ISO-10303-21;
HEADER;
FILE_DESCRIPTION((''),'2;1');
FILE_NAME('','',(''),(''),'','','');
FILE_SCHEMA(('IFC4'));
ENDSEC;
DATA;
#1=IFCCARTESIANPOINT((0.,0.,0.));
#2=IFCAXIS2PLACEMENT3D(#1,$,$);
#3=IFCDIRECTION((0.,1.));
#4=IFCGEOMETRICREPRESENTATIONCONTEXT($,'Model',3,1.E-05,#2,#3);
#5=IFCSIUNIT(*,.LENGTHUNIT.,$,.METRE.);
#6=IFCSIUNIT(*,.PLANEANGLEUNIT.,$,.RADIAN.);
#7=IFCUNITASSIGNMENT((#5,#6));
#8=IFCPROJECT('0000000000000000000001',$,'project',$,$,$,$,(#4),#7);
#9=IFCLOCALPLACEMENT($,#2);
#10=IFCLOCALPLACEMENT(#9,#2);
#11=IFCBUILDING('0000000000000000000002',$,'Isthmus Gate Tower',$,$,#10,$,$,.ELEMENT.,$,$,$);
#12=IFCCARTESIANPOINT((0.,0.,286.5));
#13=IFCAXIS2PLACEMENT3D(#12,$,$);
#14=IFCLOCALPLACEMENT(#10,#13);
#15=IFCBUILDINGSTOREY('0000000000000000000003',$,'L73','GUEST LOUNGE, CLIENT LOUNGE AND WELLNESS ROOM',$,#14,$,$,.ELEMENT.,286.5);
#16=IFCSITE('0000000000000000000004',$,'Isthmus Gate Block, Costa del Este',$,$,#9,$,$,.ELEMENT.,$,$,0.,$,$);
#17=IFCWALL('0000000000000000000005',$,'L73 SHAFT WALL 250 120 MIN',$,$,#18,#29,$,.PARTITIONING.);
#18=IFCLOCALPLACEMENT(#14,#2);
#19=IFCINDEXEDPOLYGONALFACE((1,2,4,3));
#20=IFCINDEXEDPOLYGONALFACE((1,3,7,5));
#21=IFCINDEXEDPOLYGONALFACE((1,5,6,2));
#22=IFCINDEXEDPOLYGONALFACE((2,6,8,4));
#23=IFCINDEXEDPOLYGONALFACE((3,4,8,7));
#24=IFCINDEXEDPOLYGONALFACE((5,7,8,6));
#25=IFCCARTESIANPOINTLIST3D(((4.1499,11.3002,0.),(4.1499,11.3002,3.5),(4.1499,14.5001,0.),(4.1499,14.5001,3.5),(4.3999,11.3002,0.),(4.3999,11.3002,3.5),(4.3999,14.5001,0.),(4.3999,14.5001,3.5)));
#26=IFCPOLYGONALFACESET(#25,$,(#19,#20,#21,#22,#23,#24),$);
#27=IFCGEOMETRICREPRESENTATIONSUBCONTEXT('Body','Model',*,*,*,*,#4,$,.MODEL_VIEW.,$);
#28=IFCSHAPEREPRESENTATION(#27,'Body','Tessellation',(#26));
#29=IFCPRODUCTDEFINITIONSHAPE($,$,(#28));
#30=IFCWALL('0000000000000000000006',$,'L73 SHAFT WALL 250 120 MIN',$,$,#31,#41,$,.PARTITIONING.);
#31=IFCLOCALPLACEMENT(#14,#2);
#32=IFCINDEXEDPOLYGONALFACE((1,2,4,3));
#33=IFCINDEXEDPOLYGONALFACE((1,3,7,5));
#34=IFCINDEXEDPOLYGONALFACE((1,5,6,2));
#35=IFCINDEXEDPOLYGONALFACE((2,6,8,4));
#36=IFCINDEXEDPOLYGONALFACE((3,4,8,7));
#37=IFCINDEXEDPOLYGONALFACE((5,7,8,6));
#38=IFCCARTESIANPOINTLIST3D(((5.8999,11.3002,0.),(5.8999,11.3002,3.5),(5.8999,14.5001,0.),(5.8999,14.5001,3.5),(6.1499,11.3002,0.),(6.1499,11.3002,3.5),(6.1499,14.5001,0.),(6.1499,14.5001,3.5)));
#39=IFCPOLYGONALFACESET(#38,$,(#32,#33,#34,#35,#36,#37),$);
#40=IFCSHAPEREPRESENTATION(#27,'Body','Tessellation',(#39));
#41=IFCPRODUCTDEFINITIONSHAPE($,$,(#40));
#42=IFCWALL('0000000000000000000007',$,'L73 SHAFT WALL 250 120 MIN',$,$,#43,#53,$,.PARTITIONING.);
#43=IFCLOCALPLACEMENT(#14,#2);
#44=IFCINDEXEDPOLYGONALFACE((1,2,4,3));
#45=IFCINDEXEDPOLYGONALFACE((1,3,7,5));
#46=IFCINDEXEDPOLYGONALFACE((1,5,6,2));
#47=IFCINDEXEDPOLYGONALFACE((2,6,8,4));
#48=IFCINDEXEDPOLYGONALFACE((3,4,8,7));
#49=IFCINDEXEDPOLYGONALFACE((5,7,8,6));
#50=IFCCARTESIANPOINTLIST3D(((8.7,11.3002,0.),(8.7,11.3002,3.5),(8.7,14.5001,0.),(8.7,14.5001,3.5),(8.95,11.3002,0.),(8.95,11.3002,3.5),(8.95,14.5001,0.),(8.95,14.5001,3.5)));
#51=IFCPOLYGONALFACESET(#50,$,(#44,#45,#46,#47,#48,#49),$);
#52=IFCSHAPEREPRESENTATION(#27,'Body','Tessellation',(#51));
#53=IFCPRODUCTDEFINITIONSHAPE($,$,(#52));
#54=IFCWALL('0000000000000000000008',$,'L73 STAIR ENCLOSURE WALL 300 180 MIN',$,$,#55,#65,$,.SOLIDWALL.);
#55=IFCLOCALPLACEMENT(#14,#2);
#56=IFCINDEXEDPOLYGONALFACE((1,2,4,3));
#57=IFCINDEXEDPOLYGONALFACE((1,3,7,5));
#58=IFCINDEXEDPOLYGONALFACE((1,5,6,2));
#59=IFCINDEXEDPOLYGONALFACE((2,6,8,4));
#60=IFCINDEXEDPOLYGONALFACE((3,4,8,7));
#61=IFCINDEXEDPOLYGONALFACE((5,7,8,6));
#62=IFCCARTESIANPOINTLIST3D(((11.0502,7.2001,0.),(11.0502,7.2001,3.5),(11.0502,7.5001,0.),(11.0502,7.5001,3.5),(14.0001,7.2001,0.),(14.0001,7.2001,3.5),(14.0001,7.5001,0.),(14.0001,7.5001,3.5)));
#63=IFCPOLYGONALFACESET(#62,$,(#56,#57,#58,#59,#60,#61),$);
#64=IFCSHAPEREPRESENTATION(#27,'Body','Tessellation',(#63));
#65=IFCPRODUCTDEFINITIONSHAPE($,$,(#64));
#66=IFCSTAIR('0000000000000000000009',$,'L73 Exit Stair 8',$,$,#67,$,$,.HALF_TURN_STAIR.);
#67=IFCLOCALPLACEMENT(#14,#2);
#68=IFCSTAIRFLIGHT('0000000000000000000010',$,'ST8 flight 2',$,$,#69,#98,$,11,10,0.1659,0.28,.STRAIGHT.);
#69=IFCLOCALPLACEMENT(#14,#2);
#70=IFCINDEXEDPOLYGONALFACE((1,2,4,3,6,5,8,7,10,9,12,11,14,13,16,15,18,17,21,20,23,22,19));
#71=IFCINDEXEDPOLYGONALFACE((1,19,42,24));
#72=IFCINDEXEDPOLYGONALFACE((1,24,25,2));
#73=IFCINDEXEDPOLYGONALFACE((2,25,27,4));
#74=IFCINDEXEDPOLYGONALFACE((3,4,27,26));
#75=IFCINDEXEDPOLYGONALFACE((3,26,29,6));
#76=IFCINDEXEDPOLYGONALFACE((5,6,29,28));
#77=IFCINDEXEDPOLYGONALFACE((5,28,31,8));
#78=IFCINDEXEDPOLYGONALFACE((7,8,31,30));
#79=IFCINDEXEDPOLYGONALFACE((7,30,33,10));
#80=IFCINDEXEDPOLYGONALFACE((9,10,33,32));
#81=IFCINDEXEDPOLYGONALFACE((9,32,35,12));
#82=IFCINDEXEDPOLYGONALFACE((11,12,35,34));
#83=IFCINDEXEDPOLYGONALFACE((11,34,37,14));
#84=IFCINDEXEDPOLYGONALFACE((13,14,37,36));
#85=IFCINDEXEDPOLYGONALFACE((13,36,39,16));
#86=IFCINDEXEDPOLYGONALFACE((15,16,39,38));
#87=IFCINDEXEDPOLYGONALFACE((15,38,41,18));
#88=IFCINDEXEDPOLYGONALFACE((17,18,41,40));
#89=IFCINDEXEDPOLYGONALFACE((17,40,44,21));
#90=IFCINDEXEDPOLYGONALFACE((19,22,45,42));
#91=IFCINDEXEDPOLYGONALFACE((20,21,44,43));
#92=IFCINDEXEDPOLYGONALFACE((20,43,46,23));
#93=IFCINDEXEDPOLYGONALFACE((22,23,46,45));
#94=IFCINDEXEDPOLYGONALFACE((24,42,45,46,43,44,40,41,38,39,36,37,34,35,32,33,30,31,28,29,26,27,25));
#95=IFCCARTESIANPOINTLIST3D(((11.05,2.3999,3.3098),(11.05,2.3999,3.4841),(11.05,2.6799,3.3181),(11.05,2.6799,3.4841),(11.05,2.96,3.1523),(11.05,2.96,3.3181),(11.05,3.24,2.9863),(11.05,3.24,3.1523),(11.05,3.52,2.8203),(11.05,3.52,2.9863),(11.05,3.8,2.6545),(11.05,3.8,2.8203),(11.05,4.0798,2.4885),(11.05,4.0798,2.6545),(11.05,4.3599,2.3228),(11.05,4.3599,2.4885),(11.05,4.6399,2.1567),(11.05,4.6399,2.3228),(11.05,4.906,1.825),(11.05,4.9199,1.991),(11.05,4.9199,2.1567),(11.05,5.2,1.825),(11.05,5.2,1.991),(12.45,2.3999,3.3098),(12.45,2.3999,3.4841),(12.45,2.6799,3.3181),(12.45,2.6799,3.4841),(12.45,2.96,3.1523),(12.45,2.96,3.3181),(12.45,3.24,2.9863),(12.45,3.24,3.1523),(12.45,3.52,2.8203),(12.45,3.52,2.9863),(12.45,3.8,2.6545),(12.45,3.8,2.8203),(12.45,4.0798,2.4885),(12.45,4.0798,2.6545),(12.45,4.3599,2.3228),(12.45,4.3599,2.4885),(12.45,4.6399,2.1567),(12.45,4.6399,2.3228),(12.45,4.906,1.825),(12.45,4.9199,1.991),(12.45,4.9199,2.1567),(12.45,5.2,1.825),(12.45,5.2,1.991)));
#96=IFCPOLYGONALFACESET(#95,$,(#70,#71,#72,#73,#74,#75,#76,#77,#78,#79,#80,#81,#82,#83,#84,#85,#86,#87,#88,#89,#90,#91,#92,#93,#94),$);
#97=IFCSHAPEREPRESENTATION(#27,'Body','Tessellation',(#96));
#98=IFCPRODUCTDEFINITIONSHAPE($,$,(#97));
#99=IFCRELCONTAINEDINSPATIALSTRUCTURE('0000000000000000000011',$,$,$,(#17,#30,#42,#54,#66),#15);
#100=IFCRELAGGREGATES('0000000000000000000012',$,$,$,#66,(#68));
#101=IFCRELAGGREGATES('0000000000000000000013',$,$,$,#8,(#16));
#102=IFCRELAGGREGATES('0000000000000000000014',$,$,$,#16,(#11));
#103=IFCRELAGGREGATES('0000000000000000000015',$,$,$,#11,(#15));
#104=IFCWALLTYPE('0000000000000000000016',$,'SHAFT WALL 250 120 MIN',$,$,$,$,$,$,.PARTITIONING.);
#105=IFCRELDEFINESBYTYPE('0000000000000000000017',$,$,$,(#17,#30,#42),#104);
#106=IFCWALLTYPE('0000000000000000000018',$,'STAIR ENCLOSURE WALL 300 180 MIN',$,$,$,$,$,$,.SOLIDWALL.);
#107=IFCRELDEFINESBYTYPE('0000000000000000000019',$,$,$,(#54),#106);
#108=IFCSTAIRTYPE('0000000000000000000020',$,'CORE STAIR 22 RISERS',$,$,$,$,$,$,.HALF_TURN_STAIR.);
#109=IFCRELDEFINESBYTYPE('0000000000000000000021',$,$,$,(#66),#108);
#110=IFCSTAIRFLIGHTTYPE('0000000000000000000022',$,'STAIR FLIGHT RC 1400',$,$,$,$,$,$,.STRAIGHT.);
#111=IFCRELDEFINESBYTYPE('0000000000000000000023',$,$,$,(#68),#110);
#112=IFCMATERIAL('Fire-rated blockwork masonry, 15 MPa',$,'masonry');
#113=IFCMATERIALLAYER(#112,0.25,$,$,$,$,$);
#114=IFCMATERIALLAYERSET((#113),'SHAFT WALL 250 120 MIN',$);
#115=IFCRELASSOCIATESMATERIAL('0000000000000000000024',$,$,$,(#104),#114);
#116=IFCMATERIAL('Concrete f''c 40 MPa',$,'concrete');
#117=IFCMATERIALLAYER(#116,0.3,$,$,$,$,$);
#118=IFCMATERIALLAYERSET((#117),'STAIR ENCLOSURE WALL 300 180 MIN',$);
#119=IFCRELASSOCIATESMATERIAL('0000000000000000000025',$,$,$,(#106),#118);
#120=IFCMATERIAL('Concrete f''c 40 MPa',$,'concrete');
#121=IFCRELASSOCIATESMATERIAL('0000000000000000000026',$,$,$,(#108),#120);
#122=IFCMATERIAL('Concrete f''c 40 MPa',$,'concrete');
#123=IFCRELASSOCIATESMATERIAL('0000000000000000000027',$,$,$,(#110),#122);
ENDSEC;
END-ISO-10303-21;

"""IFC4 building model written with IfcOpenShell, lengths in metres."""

from ifc_helpers import new_model, si_unit, direction, frame, frame_2d, origin, place, context, subcontext, project, spatial, polyline, rectangle, outline, extrude, material, layer, layer_set, type_object, element, aggregate, save


model = new_model("IFC4")

# Units and contexts
model_context = context("Model", 3, precision=1e-05, world=origin(), true_north=direction((0.0, 1.0)))
body_context = subcontext(model_context, "Body", "Model", "MODEL_VIEW")
ifc_project = project(units=[si_unit("LENGTHUNIT", "METRE"), si_unit("PLANEANGLEUNIT", "RADIAN")], contexts=[model_context])

# Site, building, storey
site_placement = place(None, origin())
site = spatial("IfcSite", under=ifc_project, at=site_placement, Name="Isthmus Gate Block, Costa del Este", CompositionType="ELEMENT", RefElevation=0.0)
building_placement = place(site_placement, origin())
building = spatial("IfcBuilding", under=site, at=building_placement, Name="Isthmus Gate Tower", CompositionType="ELEMENT")
storey_placement = place(building_placement, frame((0.0, 0.0, 286.5)))
storey = spatial("IfcBuildingStorey", under=building, at=storey_placement, Name="L73", Description="GUEST LOUNGE, CLIENT LOUNGE AND WELLNESS ROOM", CompositionType="ELEMENT", Elevation=286.5)

# Walls
ifc_material_1 = material(Name="Fire-rated blockwork masonry, 15 MPa", Category="masonry")
ifc_layer_1 = layer(ifc_material_1, 0.25)
ifc_layer_set_1 = layer_set([ifc_layer_1], Name="SHAFT WALL 250 120 MIN")
wall_type_1 = type_object("IfcWallType", Name="SHAFT WALL 250 120 MIN", PredefinedType="PARTITIONING", material=ifc_layer_set_1)
for number, where, z_axis, x_axis, name in (
    (1, (4.2749, 11.3, 0.0), (0.0, 0.0, 1.0), (0.0, 1.0, 0.0), "L73 SHAFT WALL 250 120 MIN"),
    (2, (6.0249, 11.3, 0.0), (0.0, 0.0, 1.0), (0.0, 1.0, 0.0), "L73 SHAFT WALL 250 120 MIN"),
    (3, (8.825, 11.3, 0.0), (0.0, 0.0, 1.0), (0.0, 1.0, 0.0), "L73 SHAFT WALL 250 120 MIN"),
):
    element("IfcWall", number, at=place(storey_placement, frame(where, z_axis=z_axis, x_axis=x_axis)), inside=storey, type_object=wall_type_1, Name=name, PredefinedType="PARTITIONING", context=body_context, shape_type="SweptSolid", body=[
        extrude(rectangle(XDim=3.2, YDim=0.25, at=frame_2d((1.6001, 0.0))), origin(), (0.0, 0.0, 1.0), 3.5),
    ])
ifc_material_2 = material(Name="Concrete f'c 40 MPa", Category="concrete")
ifc_layer_2 = layer(ifc_material_2, 0.3)
ifc_layer_set_2 = layer_set([ifc_layer_2], Name="STAIR ENCLOSURE WALL 300 180 MIN")
wall_type_2 = type_object("IfcWallType", Name="STAIR ENCLOSURE WALL 300 180 MIN", PredefinedType="SOLIDWALL", material=ifc_layer_set_2)
wall_1_placement = place(storey_placement, frame((11.05, 7.3501, 0.0), z_axis=(0.0, 0.0, 1.0), x_axis=(1.0, 0.0, 0.0)))
element("IfcWall", 4, at=wall_1_placement, inside=storey, type_object=wall_type_2, Name="L73 STAIR ENCLOSURE WALL 300 180 MIN", PredefinedType="SOLIDWALL", context=body_context, shape_type="SweptSolid", body=[
    extrude(rectangle(XDim=2.95, YDim=0.3, at=frame_2d((1.4751, 0.0))), origin(), (0.0, 0.0, 1.0), 3.5),
])

# Stair, stair flight
ifc_material_3 = material(Name="Concrete f'c 40 MPa", Category="concrete")
stair_type = type_object("IfcStairType", Name="CORE STAIR 22 RISERS", PredefinedType="HALF_TURN_STAIR", material=ifc_material_3)
stair_placement = place(storey_placement, origin())
stair = element("IfcStair", 5, at=stair_placement, inside=storey, type_object=stair_type, Name="L73 Exit Stair 8", PredefinedType="HALF_TURN_STAIR")
ifc_material_4 = material(Name="Concrete f'c 40 MPa", Category="concrete")
stair_flight_type = type_object("IfcStairFlightType", Name="STAIR FLIGHT RC 1400", PredefinedType="STRAIGHT", material=ifc_material_4)
stair_flight_placement = place(storey_placement, frame((11.75, 5.2, 1.825), z_axis=(0.0, 0.0, 1.0), x_axis=(0.0, -1.0, 0.0)))
stair_flight = element("IfcStairFlight", 6, at=stair_flight_placement, type_object=stair_flight_type, Name="ST8 flight 2", NumberOfRisers=11, NumberOfTreads=10, PredefinedType="STRAIGHT", RiserHeight=0.1659, TreadLength=0.28, context=body_context, shape_type="SweptSolid", body=[
    extrude(outline(polyline([(0.0, 0.0), (0.0, 0.166), (0.28, 0.166), (0.28, 0.3318), (0.5601, 0.3318), (0.5601, 0.4978), (0.8401, 0.4978), (0.8401, 0.6636), (1.1201, 0.6636), (1.1201, 0.8296), (1.3999, 0.8296), (1.3999, 0.9954), (1.6799, 0.9954), (1.6799, 1.1614), (1.96, 1.1614), (1.96, 1.3274), (2.24, 1.3274), (2.24, 1.4932), (2.52, 1.4932), (2.52, 1.6592), (2.8, 1.6592), (2.8, 1.825), (2.8, 1.4849), (0.2939, 0.0), (0.0, 0.0)])), frame((0.0, 0.7, 0.0), z_axis=(0.0, -1.0, 0.0), x_axis=(1.0, 0.0, 0.0)), (0.0, 0.0, 1.0), 1.3999),
])
aggregate(stair, [stair_flight])

save(model, "model.ifc")
